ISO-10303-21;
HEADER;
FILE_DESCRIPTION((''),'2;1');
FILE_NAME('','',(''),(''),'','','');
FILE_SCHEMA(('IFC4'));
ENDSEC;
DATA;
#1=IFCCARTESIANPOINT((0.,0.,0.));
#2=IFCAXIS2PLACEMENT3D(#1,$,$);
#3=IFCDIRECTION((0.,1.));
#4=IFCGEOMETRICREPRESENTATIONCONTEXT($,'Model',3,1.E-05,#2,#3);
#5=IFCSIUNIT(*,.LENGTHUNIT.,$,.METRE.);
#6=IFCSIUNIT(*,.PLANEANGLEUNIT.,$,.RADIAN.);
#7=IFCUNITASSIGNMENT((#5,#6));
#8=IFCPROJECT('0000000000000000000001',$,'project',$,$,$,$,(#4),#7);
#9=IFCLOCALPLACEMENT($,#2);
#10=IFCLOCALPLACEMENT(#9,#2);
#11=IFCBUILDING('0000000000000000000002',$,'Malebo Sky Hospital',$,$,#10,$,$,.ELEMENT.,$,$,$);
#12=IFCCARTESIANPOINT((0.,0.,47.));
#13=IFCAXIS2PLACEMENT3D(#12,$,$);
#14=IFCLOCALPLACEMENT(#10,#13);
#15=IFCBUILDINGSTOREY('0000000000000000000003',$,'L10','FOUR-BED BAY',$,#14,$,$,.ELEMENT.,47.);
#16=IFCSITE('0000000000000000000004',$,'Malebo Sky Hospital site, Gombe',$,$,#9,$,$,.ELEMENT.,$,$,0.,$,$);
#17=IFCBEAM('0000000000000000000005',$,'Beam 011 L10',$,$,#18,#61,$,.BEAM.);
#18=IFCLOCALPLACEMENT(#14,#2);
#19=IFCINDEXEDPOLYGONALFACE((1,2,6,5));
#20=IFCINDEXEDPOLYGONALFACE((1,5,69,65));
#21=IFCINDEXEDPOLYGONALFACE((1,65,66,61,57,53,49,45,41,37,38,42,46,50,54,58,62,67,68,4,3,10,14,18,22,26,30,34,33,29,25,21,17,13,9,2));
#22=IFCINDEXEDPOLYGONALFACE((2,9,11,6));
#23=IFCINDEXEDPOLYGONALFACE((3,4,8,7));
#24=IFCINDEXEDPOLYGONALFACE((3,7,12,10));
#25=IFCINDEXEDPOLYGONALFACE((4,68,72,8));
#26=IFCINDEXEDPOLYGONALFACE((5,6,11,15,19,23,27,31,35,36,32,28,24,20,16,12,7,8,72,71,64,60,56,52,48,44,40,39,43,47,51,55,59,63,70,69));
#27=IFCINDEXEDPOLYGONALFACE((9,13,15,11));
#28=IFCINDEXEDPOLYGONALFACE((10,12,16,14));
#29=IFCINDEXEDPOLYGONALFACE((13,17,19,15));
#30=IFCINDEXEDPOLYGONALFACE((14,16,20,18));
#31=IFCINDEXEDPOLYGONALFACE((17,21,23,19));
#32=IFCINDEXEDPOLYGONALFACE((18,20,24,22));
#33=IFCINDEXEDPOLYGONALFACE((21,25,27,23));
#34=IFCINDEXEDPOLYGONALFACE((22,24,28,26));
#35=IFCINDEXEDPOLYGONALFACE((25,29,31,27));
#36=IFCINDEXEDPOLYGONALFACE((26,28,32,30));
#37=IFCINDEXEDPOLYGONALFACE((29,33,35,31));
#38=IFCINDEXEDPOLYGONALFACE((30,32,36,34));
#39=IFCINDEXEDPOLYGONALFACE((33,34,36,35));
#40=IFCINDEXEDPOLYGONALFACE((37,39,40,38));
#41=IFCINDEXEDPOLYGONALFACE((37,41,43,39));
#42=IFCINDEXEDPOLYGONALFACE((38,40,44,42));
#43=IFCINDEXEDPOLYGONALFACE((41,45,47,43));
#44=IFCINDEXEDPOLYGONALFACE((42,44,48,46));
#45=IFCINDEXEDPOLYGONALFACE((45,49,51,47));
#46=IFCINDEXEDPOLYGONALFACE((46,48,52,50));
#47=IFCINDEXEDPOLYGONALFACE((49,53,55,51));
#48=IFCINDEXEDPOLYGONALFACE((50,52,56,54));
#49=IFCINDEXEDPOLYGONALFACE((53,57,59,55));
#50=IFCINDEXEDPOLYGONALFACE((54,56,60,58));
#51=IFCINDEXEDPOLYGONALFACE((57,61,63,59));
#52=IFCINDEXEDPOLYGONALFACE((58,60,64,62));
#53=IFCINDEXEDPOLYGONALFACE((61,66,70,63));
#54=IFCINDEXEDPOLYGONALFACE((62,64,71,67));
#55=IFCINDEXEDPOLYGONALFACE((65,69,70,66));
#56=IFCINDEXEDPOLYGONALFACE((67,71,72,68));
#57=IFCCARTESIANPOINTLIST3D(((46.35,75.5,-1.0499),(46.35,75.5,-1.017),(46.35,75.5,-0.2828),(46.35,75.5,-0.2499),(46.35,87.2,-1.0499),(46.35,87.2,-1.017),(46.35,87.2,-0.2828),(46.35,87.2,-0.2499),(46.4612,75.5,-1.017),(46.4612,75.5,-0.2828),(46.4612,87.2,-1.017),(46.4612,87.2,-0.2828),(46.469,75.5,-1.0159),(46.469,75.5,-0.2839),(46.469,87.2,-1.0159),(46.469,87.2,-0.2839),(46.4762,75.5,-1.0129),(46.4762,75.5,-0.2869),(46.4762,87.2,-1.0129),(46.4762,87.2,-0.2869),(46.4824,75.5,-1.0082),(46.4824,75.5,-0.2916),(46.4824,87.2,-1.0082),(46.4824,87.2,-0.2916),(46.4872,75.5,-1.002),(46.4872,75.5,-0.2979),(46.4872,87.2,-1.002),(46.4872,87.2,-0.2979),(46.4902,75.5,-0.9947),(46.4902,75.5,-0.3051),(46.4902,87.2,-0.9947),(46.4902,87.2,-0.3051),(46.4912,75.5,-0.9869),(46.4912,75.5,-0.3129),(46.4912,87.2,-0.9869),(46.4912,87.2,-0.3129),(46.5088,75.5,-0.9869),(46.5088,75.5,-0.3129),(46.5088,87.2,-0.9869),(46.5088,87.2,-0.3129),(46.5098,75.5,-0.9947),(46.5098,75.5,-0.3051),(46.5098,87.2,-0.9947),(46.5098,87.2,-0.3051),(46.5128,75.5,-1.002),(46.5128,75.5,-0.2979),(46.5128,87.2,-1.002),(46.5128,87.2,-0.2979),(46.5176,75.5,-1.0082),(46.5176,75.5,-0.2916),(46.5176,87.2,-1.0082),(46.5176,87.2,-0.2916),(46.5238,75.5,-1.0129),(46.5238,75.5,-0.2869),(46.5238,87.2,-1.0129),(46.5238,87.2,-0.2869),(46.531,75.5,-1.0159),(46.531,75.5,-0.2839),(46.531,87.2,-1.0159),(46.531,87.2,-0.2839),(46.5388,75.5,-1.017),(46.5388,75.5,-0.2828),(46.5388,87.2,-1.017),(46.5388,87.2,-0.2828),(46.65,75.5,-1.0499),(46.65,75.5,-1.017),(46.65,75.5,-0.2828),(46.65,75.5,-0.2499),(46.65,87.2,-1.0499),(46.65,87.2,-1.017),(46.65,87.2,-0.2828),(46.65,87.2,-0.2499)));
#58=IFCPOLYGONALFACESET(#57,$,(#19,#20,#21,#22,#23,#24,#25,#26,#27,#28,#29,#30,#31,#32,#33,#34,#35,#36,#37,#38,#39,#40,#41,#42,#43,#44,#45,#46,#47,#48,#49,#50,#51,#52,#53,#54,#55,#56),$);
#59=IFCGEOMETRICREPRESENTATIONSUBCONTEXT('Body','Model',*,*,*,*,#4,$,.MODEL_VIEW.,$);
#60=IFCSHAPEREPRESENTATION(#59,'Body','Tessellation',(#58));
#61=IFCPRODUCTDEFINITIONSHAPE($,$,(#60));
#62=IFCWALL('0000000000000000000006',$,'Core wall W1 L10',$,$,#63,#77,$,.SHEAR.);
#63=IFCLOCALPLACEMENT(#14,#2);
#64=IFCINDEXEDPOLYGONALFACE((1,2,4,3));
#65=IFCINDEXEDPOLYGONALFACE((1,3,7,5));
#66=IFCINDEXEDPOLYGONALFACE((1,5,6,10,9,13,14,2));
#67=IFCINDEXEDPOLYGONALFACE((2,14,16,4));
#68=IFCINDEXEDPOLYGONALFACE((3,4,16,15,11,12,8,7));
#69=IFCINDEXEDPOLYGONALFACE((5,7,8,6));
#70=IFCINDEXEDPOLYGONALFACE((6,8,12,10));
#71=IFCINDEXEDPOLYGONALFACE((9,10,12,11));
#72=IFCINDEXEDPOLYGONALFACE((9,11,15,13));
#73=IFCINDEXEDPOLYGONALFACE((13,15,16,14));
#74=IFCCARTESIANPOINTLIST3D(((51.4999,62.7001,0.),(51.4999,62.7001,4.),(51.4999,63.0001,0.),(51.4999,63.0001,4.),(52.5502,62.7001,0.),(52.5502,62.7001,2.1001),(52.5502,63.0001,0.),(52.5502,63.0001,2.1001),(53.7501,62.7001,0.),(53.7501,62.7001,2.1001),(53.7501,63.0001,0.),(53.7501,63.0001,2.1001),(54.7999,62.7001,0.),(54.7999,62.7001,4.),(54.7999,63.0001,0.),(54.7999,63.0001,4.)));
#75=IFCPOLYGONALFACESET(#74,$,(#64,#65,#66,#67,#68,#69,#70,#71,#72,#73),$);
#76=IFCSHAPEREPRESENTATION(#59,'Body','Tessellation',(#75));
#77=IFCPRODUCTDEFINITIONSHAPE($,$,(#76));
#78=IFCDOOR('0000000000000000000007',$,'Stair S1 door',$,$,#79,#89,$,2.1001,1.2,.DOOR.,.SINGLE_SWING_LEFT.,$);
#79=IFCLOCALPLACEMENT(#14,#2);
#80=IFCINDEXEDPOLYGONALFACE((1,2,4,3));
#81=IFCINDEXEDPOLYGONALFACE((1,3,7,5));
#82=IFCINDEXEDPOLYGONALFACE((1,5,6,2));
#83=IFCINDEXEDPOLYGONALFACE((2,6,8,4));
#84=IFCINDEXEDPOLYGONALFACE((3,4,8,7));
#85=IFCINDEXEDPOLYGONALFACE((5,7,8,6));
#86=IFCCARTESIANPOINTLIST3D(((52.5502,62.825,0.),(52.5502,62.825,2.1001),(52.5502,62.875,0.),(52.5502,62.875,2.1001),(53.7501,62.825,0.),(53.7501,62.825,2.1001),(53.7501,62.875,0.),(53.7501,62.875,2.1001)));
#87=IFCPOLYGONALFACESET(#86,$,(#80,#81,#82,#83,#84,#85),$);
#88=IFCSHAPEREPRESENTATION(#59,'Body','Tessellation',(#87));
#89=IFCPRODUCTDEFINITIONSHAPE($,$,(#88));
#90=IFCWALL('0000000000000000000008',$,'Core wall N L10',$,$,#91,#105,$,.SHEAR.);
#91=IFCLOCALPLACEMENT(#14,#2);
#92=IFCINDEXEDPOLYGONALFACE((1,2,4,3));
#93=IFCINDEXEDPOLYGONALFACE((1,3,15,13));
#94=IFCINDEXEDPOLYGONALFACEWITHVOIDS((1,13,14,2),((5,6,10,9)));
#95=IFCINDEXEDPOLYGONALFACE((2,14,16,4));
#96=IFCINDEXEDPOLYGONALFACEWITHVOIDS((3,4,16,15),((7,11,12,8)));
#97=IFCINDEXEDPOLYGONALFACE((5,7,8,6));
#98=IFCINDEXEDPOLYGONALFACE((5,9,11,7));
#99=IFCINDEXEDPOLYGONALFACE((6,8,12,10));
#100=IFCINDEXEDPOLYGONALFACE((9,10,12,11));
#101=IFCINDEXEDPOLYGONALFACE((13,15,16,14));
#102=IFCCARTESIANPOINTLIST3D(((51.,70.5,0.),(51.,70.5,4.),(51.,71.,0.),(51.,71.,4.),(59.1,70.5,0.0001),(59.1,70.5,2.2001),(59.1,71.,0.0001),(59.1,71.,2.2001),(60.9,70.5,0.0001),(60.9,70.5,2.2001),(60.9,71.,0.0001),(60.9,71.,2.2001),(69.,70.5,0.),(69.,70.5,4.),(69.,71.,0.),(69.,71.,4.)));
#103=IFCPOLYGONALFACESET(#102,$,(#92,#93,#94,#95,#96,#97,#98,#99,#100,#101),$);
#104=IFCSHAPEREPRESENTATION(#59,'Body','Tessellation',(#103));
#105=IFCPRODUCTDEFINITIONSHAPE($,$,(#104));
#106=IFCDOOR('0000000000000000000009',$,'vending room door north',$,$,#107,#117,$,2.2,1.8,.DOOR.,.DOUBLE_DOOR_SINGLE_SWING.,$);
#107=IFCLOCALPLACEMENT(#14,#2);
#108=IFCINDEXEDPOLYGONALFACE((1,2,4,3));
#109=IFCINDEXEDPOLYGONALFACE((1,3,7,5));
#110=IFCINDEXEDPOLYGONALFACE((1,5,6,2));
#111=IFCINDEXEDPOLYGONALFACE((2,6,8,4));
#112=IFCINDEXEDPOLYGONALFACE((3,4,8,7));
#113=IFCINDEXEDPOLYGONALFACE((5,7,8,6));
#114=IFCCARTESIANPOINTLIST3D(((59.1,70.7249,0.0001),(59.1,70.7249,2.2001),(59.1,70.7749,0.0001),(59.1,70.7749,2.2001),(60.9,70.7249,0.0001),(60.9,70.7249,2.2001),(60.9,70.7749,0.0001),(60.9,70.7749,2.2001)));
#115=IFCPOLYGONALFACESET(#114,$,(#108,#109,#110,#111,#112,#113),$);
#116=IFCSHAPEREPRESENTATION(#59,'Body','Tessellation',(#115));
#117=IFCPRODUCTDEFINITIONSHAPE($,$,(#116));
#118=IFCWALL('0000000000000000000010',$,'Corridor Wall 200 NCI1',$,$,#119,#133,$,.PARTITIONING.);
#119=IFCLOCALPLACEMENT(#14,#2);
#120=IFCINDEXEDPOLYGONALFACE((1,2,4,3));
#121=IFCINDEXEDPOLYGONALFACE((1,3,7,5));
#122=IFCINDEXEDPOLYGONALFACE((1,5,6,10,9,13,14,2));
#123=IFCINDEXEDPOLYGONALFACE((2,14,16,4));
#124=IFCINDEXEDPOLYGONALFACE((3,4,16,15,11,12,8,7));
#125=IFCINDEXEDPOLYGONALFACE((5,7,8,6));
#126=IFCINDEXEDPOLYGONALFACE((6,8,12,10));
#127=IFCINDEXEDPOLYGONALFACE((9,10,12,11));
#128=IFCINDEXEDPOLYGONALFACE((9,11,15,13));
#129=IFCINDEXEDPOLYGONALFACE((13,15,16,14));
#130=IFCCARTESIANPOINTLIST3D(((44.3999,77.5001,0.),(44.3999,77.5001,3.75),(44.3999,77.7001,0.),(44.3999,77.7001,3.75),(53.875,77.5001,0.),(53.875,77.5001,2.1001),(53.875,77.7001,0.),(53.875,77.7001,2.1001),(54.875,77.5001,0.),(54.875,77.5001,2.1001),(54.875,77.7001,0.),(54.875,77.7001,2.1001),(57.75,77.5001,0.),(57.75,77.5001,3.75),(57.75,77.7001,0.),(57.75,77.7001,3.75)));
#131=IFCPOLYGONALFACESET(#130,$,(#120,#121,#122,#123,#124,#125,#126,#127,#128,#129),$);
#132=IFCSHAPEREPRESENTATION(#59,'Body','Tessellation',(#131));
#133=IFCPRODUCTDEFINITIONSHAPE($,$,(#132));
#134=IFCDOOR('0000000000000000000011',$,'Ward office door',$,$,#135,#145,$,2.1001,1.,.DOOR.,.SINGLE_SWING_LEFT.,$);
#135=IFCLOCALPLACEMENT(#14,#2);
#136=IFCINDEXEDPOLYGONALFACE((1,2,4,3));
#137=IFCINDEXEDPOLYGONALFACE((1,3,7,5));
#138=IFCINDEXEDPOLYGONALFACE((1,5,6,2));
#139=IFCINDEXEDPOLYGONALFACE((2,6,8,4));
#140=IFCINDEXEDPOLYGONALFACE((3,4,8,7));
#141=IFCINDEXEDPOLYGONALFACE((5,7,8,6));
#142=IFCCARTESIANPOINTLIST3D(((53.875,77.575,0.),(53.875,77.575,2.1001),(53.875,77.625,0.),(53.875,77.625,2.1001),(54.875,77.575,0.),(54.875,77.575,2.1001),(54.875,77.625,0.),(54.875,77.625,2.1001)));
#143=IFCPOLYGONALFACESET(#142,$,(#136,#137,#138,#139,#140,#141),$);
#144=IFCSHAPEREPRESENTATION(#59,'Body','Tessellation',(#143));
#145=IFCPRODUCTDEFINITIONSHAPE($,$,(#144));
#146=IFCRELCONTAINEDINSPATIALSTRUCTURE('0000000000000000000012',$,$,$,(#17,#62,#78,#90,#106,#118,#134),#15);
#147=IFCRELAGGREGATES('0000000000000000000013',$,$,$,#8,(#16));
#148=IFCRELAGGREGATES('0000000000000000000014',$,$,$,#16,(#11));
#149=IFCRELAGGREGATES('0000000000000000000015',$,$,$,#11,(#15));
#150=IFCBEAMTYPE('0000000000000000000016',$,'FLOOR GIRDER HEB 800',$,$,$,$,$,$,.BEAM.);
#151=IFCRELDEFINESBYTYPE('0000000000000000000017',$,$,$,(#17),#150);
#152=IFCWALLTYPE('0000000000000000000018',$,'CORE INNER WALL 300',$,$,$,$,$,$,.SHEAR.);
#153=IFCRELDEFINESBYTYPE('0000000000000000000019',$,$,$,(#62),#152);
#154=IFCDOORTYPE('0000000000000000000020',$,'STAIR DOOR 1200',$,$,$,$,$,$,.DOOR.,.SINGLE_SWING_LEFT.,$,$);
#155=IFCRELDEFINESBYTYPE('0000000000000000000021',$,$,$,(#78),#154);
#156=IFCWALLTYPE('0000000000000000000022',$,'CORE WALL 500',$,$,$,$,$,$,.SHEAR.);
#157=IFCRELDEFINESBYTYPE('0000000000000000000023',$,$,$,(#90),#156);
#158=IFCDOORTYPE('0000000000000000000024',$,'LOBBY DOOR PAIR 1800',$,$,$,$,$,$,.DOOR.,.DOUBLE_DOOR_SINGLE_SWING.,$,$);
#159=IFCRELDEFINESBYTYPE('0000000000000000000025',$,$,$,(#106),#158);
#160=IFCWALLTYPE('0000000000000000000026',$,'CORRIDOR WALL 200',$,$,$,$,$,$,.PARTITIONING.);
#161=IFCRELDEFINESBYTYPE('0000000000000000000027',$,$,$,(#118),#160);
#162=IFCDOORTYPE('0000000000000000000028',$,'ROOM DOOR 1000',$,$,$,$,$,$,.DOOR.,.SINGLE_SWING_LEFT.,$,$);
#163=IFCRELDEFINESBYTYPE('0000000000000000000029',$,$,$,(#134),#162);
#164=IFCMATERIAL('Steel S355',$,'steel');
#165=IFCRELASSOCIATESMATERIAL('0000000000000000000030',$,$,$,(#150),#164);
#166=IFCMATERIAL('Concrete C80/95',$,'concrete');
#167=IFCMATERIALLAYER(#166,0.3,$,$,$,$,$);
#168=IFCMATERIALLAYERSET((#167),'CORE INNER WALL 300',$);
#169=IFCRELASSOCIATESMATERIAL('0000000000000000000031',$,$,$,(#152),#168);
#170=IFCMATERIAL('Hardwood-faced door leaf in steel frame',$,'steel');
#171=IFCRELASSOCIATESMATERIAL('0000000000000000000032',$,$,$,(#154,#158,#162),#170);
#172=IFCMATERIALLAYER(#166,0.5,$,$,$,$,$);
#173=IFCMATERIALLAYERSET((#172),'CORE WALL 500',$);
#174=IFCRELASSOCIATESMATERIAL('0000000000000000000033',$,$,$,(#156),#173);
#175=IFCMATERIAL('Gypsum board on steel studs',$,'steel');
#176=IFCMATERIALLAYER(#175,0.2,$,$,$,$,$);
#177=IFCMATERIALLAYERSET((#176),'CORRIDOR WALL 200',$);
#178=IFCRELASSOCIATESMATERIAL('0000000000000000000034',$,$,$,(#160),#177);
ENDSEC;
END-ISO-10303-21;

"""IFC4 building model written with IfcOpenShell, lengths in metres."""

from ifc_helpers import new_model, si_unit, direction, frame, frame_2d, origin, origin_2d, place, context, subcontext, project, spatial, rectangle, i_section, extrude, material, layer, layer_set, material_profile, profile_set, type_object, element, fill, save


model = new_model("IFC4")

# Units and contexts
model_context = context("Model", 3, precision=1e-05, world=origin(), true_north=direction((0.0, 1.0)))
body_context = subcontext(model_context, "Body", "Model", "MODEL_VIEW")
ifc_project = project(units=[si_unit("LENGTHUNIT", "METRE"), si_unit("PLANEANGLEUNIT", "RADIAN")], contexts=[model_context])

# Site, building, storey
site_placement = place(None, origin())
site = spatial("IfcSite", under=ifc_project, at=site_placement, Name="Malebo Sky Hospital site, Gombe", CompositionType="ELEMENT", RefElevation=0.0)
building_placement = place(site_placement, origin())
building = spatial("IfcBuilding", under=site, at=building_placement, Name="Malebo Sky Hospital", CompositionType="ELEMENT")
storey_placement = place(building_placement, frame((0.0, 0.0, 47.0)))
storey = spatial("IfcBuildingStorey", under=building, at=storey_placement, Name="L10", Description="FOUR-BED BAY", CompositionType="ELEMENT", Elevation=47.0)

# Beam
ifc_material_1 = material(Name="Steel S355", Category="steel")
ifc_material_profile_1 = material_profile(ifc_material_1, i_section(OverallWidth=0.3, OverallDepth=0.8, WebThickness=0.0176, FlangeThickness=0.033, FilletRadius=0.03, at=origin_2d()), Name="HEB 800")
ifc_profile_set_1 = profile_set([ifc_material_profile_1], Name="Steel S355")
beam_type_1 = type_object("IfcBeamType", Name="FLOOR GIRDER HEB 800", PredefinedType="BEAM", material=ifc_profile_set_1)
beam_1_placement = place(storey_placement, frame((46.5, 75.5, -0.6499), z_axis=(0.0, 1.0, 0.0), x_axis=(-1.0, 0.0, 0.0)))
element("IfcBeam", 1, at=beam_1_placement, inside=storey, type_object=beam_type_1, Name="Beam 011 L10", PredefinedType="BEAM", context=body_context, shape_type="SweptSolid", body=[
    extrude(i_section(OverallWidth=0.3, OverallDepth=0.8, WebThickness=0.0176, FlangeThickness=0.033, FilletRadius=0.03, at=origin_2d()), origin(), (0.0, 0.0, 1.0), 11.7),
])

# Walls, openings, doors
ifc_material_2 = material(Name="Concrete C80/95", Category="concrete")
ifc_layer_1 = layer(ifc_material_2, 0.3)
ifc_layer_set_1 = layer_set([ifc_layer_1], Name="CORE INNER WALL 300")
wall_type_1 = type_object("IfcWallType", Name="CORE INNER WALL 300", PredefinedType="SHEAR", material=ifc_layer_set_1)
wall_1_placement = place(storey_placement, frame((51.5, 62.8501, 0.0), z_axis=(0.0, 0.0, 1.0), x_axis=(1.0, 0.0, 0.0)))
wall_1 = element("IfcWall", 2, at=wall_1_placement, inside=storey, type_object=wall_type_1, Name="Core wall W1 L10", PredefinedType="SHEAR", context=body_context, shape_type="SweptSolid", body=[
    extrude(rectangle(XDim=3.3, YDim=0.3, at=frame_2d((1.6499, 0.0))), origin(), (0.0, 0.0, 1.0), 4.0),
])
opening_1_placement = place(wall_1_placement, frame((1.05, 0.0, 0.0)))
opening_1 = element("IfcOpeningElement", 3, at=opening_1_placement, cuts=wall_1, PredefinedType="OPENING", context=body_context, shape_type="SweptSolid", body=[
    extrude(rectangle(XDim=1.2, YDim=2.1001, at=frame_2d((0.6001, 1.05))), frame((0.0, 0.1599, 0.0), z_axis=(0.0, -1.0, 0.0), x_axis=(1.0, 0.0, 0.0)), (0.0, 0.0, 1.0), 0.3201),
])
ifc_material_3 = material(Name="Hardwood-faced door leaf in steel frame", Category="steel")
door_type_1 = type_object("IfcDoorType", Name="STAIR DOOR 1200", OperationType="SINGLE_SWING_LEFT", PredefinedType="DOOR", material=ifc_material_3)
door_1_placement = place(opening_1_placement, origin())
door_1 = element("IfcDoor", 4, at=door_1_placement, inside=storey, type_object=door_type_1, Name="Stair S1 door", OperationType="SINGLE_SWING_LEFT", OverallHeight=2.1001, OverallWidth=1.2, PredefinedType="DOOR", context=body_context, shape_type="SweptSolid", body=[
    extrude(rectangle(XDim=1.2, YDim=2.1001, at=frame_2d((0.6001, 1.05))), frame((0.0, 0.0249, 0.0), z_axis=(0.0, -1.0, 0.0), x_axis=(1.0, 0.0, 0.0)), (0.0, 0.0, 1.0), 0.05),
])
fill(opening_1, door_1)
ifc_layer_2 = layer(ifc_material_2, 0.5)
ifc_layer_set_2 = layer_set([ifc_layer_2], Name="CORE WALL 500")
wall_type_2 = type_object("IfcWallType", Name="CORE WALL 500", PredefinedType="SHEAR", material=ifc_layer_set_2)
wall_2_placement = place(storey_placement, frame((51.0, 70.75, 0.0), z_axis=(0.0, 0.0, 1.0), x_axis=(1.0, 0.0, 0.0)))
wall_2 = element("IfcWall", 5, at=wall_2_placement, inside=storey, type_object=wall_type_2, Name="Core wall N L10", PredefinedType="SHEAR", context=body_context, shape_type="SweptSolid", body=[
    extrude(rectangle(XDim=18.0, YDim=0.5, at=frame_2d((9.0, 0.0))), origin(), (0.0, 0.0, 1.0), 4.0),
])
opening_2_placement = place(wall_2_placement, frame((8.1001, 0.0, 0.0)))
opening_2 = element("IfcOpeningElement", 6, at=opening_2_placement, cuts=wall_2, PredefinedType="OPENING", context=body_context, shape_type="SweptSolid", body=[
    extrude(rectangle(XDim=1.8, YDim=2.2, at=frame_2d((0.8999, 1.1001))), frame((0.0, 0.26, 0.0), z_axis=(0.0, -1.0, 0.0), x_axis=(1.0, 0.0, 0.0)), (0.0, 0.0, 1.0), 0.52),
])
door_type_2 = type_object("IfcDoorType", Name="LOBBY DOOR PAIR 1800", OperationType="DOUBLE_DOOR_SINGLE_SWING", PredefinedType="DOOR", material=ifc_material_3)
door_2_placement = place(opening_2_placement, origin())
door_2 = element("IfcDoor", 7, at=door_2_placement, inside=storey, type_object=door_type_2, Name="vending room door north", OperationType="DOUBLE_DOOR_SINGLE_SWING", OverallHeight=2.2, OverallWidth=1.8, PredefinedType="DOOR", context=body_context, shape_type="SweptSolid", body=[
    extrude(rectangle(XDim=1.8, YDim=2.2, at=frame_2d((0.8999, 1.1001))), frame((0.0, 0.0249, 0.0), z_axis=(0.0, -1.0, 0.0), x_axis=(1.0, 0.0, 0.0)), (0.0, 0.0, 1.0), 0.05),
])
fill(opening_2, door_2)
ifc_material_4 = material(Name="Gypsum board on steel studs", Category="steel")
ifc_layer_3 = layer(ifc_material_4, 0.2)
ifc_layer_set_3 = layer_set([ifc_layer_3], Name="CORRIDOR WALL 200")
wall_type_3 = type_object("IfcWallType", Name="CORRIDOR WALL 200", PredefinedType="PARTITIONING", material=ifc_layer_set_3)
wall_3_placement = place(storey_placement, frame((44.3999, 77.6001, 0.0), z_axis=(0.0, 0.0, 1.0), x_axis=(1.0, 0.0, 0.0)))
wall_3 = element("IfcWall", 8, at=wall_3_placement, inside=storey, type_object=wall_type_3, Name="Corridor Wall 200 NCI1", PredefinedType="PARTITIONING", context=body_context, shape_type="SweptSolid", body=[
    extrude(rectangle(XDim=13.3501, YDim=0.2, at=frame_2d((6.675, 0.0))), origin(), (0.0, 0.0, 1.0), 3.75),
])
opening_3_placement = place(wall_3_placement, frame((9.4751, 0.0, 0.0)))
opening_3 = element("IfcOpeningElement", 9, at=opening_3_placement, cuts=wall_3, PredefinedType="OPENING", context=body_context, shape_type="SweptSolid", body=[
    extrude(rectangle(XDim=1.0, YDim=2.1001, at=frame_2d((0.5, 1.05))), frame((0.0, 0.1099, 0.0), z_axis=(0.0, -1.0, 0.0), x_axis=(1.0, 0.0, 0.0)), (0.0, 0.0, 1.0), 0.22),
])
door_type_3 = type_object("IfcDoorType", Name="ROOM DOOR 1000", OperationType="SINGLE_SWING_LEFT", PredefinedType="DOOR", material=ifc_material_3)
door_3_placement = place(opening_3_placement, origin())
door_3 = element("IfcDoor", 10, at=door_3_placement, inside=storey, type_object=door_type_3, Name="Ward office door", OperationType="SINGLE_SWING_LEFT", OverallHeight=2.1001, OverallWidth=1.0, PredefinedType="DOOR", context=body_context, shape_type="SweptSolid", body=[
    extrude(rectangle(XDim=1.0, YDim=2.1001, at=frame_2d((0.5, 1.05))), frame((0.0, 0.0249, 0.0), z_axis=(0.0, -1.0, 0.0), x_axis=(1.0, 0.0, 0.0)), (0.0, 0.0, 1.0), 0.05),
])
fill(opening_3, door_3)

save(model, "model.ifc")
